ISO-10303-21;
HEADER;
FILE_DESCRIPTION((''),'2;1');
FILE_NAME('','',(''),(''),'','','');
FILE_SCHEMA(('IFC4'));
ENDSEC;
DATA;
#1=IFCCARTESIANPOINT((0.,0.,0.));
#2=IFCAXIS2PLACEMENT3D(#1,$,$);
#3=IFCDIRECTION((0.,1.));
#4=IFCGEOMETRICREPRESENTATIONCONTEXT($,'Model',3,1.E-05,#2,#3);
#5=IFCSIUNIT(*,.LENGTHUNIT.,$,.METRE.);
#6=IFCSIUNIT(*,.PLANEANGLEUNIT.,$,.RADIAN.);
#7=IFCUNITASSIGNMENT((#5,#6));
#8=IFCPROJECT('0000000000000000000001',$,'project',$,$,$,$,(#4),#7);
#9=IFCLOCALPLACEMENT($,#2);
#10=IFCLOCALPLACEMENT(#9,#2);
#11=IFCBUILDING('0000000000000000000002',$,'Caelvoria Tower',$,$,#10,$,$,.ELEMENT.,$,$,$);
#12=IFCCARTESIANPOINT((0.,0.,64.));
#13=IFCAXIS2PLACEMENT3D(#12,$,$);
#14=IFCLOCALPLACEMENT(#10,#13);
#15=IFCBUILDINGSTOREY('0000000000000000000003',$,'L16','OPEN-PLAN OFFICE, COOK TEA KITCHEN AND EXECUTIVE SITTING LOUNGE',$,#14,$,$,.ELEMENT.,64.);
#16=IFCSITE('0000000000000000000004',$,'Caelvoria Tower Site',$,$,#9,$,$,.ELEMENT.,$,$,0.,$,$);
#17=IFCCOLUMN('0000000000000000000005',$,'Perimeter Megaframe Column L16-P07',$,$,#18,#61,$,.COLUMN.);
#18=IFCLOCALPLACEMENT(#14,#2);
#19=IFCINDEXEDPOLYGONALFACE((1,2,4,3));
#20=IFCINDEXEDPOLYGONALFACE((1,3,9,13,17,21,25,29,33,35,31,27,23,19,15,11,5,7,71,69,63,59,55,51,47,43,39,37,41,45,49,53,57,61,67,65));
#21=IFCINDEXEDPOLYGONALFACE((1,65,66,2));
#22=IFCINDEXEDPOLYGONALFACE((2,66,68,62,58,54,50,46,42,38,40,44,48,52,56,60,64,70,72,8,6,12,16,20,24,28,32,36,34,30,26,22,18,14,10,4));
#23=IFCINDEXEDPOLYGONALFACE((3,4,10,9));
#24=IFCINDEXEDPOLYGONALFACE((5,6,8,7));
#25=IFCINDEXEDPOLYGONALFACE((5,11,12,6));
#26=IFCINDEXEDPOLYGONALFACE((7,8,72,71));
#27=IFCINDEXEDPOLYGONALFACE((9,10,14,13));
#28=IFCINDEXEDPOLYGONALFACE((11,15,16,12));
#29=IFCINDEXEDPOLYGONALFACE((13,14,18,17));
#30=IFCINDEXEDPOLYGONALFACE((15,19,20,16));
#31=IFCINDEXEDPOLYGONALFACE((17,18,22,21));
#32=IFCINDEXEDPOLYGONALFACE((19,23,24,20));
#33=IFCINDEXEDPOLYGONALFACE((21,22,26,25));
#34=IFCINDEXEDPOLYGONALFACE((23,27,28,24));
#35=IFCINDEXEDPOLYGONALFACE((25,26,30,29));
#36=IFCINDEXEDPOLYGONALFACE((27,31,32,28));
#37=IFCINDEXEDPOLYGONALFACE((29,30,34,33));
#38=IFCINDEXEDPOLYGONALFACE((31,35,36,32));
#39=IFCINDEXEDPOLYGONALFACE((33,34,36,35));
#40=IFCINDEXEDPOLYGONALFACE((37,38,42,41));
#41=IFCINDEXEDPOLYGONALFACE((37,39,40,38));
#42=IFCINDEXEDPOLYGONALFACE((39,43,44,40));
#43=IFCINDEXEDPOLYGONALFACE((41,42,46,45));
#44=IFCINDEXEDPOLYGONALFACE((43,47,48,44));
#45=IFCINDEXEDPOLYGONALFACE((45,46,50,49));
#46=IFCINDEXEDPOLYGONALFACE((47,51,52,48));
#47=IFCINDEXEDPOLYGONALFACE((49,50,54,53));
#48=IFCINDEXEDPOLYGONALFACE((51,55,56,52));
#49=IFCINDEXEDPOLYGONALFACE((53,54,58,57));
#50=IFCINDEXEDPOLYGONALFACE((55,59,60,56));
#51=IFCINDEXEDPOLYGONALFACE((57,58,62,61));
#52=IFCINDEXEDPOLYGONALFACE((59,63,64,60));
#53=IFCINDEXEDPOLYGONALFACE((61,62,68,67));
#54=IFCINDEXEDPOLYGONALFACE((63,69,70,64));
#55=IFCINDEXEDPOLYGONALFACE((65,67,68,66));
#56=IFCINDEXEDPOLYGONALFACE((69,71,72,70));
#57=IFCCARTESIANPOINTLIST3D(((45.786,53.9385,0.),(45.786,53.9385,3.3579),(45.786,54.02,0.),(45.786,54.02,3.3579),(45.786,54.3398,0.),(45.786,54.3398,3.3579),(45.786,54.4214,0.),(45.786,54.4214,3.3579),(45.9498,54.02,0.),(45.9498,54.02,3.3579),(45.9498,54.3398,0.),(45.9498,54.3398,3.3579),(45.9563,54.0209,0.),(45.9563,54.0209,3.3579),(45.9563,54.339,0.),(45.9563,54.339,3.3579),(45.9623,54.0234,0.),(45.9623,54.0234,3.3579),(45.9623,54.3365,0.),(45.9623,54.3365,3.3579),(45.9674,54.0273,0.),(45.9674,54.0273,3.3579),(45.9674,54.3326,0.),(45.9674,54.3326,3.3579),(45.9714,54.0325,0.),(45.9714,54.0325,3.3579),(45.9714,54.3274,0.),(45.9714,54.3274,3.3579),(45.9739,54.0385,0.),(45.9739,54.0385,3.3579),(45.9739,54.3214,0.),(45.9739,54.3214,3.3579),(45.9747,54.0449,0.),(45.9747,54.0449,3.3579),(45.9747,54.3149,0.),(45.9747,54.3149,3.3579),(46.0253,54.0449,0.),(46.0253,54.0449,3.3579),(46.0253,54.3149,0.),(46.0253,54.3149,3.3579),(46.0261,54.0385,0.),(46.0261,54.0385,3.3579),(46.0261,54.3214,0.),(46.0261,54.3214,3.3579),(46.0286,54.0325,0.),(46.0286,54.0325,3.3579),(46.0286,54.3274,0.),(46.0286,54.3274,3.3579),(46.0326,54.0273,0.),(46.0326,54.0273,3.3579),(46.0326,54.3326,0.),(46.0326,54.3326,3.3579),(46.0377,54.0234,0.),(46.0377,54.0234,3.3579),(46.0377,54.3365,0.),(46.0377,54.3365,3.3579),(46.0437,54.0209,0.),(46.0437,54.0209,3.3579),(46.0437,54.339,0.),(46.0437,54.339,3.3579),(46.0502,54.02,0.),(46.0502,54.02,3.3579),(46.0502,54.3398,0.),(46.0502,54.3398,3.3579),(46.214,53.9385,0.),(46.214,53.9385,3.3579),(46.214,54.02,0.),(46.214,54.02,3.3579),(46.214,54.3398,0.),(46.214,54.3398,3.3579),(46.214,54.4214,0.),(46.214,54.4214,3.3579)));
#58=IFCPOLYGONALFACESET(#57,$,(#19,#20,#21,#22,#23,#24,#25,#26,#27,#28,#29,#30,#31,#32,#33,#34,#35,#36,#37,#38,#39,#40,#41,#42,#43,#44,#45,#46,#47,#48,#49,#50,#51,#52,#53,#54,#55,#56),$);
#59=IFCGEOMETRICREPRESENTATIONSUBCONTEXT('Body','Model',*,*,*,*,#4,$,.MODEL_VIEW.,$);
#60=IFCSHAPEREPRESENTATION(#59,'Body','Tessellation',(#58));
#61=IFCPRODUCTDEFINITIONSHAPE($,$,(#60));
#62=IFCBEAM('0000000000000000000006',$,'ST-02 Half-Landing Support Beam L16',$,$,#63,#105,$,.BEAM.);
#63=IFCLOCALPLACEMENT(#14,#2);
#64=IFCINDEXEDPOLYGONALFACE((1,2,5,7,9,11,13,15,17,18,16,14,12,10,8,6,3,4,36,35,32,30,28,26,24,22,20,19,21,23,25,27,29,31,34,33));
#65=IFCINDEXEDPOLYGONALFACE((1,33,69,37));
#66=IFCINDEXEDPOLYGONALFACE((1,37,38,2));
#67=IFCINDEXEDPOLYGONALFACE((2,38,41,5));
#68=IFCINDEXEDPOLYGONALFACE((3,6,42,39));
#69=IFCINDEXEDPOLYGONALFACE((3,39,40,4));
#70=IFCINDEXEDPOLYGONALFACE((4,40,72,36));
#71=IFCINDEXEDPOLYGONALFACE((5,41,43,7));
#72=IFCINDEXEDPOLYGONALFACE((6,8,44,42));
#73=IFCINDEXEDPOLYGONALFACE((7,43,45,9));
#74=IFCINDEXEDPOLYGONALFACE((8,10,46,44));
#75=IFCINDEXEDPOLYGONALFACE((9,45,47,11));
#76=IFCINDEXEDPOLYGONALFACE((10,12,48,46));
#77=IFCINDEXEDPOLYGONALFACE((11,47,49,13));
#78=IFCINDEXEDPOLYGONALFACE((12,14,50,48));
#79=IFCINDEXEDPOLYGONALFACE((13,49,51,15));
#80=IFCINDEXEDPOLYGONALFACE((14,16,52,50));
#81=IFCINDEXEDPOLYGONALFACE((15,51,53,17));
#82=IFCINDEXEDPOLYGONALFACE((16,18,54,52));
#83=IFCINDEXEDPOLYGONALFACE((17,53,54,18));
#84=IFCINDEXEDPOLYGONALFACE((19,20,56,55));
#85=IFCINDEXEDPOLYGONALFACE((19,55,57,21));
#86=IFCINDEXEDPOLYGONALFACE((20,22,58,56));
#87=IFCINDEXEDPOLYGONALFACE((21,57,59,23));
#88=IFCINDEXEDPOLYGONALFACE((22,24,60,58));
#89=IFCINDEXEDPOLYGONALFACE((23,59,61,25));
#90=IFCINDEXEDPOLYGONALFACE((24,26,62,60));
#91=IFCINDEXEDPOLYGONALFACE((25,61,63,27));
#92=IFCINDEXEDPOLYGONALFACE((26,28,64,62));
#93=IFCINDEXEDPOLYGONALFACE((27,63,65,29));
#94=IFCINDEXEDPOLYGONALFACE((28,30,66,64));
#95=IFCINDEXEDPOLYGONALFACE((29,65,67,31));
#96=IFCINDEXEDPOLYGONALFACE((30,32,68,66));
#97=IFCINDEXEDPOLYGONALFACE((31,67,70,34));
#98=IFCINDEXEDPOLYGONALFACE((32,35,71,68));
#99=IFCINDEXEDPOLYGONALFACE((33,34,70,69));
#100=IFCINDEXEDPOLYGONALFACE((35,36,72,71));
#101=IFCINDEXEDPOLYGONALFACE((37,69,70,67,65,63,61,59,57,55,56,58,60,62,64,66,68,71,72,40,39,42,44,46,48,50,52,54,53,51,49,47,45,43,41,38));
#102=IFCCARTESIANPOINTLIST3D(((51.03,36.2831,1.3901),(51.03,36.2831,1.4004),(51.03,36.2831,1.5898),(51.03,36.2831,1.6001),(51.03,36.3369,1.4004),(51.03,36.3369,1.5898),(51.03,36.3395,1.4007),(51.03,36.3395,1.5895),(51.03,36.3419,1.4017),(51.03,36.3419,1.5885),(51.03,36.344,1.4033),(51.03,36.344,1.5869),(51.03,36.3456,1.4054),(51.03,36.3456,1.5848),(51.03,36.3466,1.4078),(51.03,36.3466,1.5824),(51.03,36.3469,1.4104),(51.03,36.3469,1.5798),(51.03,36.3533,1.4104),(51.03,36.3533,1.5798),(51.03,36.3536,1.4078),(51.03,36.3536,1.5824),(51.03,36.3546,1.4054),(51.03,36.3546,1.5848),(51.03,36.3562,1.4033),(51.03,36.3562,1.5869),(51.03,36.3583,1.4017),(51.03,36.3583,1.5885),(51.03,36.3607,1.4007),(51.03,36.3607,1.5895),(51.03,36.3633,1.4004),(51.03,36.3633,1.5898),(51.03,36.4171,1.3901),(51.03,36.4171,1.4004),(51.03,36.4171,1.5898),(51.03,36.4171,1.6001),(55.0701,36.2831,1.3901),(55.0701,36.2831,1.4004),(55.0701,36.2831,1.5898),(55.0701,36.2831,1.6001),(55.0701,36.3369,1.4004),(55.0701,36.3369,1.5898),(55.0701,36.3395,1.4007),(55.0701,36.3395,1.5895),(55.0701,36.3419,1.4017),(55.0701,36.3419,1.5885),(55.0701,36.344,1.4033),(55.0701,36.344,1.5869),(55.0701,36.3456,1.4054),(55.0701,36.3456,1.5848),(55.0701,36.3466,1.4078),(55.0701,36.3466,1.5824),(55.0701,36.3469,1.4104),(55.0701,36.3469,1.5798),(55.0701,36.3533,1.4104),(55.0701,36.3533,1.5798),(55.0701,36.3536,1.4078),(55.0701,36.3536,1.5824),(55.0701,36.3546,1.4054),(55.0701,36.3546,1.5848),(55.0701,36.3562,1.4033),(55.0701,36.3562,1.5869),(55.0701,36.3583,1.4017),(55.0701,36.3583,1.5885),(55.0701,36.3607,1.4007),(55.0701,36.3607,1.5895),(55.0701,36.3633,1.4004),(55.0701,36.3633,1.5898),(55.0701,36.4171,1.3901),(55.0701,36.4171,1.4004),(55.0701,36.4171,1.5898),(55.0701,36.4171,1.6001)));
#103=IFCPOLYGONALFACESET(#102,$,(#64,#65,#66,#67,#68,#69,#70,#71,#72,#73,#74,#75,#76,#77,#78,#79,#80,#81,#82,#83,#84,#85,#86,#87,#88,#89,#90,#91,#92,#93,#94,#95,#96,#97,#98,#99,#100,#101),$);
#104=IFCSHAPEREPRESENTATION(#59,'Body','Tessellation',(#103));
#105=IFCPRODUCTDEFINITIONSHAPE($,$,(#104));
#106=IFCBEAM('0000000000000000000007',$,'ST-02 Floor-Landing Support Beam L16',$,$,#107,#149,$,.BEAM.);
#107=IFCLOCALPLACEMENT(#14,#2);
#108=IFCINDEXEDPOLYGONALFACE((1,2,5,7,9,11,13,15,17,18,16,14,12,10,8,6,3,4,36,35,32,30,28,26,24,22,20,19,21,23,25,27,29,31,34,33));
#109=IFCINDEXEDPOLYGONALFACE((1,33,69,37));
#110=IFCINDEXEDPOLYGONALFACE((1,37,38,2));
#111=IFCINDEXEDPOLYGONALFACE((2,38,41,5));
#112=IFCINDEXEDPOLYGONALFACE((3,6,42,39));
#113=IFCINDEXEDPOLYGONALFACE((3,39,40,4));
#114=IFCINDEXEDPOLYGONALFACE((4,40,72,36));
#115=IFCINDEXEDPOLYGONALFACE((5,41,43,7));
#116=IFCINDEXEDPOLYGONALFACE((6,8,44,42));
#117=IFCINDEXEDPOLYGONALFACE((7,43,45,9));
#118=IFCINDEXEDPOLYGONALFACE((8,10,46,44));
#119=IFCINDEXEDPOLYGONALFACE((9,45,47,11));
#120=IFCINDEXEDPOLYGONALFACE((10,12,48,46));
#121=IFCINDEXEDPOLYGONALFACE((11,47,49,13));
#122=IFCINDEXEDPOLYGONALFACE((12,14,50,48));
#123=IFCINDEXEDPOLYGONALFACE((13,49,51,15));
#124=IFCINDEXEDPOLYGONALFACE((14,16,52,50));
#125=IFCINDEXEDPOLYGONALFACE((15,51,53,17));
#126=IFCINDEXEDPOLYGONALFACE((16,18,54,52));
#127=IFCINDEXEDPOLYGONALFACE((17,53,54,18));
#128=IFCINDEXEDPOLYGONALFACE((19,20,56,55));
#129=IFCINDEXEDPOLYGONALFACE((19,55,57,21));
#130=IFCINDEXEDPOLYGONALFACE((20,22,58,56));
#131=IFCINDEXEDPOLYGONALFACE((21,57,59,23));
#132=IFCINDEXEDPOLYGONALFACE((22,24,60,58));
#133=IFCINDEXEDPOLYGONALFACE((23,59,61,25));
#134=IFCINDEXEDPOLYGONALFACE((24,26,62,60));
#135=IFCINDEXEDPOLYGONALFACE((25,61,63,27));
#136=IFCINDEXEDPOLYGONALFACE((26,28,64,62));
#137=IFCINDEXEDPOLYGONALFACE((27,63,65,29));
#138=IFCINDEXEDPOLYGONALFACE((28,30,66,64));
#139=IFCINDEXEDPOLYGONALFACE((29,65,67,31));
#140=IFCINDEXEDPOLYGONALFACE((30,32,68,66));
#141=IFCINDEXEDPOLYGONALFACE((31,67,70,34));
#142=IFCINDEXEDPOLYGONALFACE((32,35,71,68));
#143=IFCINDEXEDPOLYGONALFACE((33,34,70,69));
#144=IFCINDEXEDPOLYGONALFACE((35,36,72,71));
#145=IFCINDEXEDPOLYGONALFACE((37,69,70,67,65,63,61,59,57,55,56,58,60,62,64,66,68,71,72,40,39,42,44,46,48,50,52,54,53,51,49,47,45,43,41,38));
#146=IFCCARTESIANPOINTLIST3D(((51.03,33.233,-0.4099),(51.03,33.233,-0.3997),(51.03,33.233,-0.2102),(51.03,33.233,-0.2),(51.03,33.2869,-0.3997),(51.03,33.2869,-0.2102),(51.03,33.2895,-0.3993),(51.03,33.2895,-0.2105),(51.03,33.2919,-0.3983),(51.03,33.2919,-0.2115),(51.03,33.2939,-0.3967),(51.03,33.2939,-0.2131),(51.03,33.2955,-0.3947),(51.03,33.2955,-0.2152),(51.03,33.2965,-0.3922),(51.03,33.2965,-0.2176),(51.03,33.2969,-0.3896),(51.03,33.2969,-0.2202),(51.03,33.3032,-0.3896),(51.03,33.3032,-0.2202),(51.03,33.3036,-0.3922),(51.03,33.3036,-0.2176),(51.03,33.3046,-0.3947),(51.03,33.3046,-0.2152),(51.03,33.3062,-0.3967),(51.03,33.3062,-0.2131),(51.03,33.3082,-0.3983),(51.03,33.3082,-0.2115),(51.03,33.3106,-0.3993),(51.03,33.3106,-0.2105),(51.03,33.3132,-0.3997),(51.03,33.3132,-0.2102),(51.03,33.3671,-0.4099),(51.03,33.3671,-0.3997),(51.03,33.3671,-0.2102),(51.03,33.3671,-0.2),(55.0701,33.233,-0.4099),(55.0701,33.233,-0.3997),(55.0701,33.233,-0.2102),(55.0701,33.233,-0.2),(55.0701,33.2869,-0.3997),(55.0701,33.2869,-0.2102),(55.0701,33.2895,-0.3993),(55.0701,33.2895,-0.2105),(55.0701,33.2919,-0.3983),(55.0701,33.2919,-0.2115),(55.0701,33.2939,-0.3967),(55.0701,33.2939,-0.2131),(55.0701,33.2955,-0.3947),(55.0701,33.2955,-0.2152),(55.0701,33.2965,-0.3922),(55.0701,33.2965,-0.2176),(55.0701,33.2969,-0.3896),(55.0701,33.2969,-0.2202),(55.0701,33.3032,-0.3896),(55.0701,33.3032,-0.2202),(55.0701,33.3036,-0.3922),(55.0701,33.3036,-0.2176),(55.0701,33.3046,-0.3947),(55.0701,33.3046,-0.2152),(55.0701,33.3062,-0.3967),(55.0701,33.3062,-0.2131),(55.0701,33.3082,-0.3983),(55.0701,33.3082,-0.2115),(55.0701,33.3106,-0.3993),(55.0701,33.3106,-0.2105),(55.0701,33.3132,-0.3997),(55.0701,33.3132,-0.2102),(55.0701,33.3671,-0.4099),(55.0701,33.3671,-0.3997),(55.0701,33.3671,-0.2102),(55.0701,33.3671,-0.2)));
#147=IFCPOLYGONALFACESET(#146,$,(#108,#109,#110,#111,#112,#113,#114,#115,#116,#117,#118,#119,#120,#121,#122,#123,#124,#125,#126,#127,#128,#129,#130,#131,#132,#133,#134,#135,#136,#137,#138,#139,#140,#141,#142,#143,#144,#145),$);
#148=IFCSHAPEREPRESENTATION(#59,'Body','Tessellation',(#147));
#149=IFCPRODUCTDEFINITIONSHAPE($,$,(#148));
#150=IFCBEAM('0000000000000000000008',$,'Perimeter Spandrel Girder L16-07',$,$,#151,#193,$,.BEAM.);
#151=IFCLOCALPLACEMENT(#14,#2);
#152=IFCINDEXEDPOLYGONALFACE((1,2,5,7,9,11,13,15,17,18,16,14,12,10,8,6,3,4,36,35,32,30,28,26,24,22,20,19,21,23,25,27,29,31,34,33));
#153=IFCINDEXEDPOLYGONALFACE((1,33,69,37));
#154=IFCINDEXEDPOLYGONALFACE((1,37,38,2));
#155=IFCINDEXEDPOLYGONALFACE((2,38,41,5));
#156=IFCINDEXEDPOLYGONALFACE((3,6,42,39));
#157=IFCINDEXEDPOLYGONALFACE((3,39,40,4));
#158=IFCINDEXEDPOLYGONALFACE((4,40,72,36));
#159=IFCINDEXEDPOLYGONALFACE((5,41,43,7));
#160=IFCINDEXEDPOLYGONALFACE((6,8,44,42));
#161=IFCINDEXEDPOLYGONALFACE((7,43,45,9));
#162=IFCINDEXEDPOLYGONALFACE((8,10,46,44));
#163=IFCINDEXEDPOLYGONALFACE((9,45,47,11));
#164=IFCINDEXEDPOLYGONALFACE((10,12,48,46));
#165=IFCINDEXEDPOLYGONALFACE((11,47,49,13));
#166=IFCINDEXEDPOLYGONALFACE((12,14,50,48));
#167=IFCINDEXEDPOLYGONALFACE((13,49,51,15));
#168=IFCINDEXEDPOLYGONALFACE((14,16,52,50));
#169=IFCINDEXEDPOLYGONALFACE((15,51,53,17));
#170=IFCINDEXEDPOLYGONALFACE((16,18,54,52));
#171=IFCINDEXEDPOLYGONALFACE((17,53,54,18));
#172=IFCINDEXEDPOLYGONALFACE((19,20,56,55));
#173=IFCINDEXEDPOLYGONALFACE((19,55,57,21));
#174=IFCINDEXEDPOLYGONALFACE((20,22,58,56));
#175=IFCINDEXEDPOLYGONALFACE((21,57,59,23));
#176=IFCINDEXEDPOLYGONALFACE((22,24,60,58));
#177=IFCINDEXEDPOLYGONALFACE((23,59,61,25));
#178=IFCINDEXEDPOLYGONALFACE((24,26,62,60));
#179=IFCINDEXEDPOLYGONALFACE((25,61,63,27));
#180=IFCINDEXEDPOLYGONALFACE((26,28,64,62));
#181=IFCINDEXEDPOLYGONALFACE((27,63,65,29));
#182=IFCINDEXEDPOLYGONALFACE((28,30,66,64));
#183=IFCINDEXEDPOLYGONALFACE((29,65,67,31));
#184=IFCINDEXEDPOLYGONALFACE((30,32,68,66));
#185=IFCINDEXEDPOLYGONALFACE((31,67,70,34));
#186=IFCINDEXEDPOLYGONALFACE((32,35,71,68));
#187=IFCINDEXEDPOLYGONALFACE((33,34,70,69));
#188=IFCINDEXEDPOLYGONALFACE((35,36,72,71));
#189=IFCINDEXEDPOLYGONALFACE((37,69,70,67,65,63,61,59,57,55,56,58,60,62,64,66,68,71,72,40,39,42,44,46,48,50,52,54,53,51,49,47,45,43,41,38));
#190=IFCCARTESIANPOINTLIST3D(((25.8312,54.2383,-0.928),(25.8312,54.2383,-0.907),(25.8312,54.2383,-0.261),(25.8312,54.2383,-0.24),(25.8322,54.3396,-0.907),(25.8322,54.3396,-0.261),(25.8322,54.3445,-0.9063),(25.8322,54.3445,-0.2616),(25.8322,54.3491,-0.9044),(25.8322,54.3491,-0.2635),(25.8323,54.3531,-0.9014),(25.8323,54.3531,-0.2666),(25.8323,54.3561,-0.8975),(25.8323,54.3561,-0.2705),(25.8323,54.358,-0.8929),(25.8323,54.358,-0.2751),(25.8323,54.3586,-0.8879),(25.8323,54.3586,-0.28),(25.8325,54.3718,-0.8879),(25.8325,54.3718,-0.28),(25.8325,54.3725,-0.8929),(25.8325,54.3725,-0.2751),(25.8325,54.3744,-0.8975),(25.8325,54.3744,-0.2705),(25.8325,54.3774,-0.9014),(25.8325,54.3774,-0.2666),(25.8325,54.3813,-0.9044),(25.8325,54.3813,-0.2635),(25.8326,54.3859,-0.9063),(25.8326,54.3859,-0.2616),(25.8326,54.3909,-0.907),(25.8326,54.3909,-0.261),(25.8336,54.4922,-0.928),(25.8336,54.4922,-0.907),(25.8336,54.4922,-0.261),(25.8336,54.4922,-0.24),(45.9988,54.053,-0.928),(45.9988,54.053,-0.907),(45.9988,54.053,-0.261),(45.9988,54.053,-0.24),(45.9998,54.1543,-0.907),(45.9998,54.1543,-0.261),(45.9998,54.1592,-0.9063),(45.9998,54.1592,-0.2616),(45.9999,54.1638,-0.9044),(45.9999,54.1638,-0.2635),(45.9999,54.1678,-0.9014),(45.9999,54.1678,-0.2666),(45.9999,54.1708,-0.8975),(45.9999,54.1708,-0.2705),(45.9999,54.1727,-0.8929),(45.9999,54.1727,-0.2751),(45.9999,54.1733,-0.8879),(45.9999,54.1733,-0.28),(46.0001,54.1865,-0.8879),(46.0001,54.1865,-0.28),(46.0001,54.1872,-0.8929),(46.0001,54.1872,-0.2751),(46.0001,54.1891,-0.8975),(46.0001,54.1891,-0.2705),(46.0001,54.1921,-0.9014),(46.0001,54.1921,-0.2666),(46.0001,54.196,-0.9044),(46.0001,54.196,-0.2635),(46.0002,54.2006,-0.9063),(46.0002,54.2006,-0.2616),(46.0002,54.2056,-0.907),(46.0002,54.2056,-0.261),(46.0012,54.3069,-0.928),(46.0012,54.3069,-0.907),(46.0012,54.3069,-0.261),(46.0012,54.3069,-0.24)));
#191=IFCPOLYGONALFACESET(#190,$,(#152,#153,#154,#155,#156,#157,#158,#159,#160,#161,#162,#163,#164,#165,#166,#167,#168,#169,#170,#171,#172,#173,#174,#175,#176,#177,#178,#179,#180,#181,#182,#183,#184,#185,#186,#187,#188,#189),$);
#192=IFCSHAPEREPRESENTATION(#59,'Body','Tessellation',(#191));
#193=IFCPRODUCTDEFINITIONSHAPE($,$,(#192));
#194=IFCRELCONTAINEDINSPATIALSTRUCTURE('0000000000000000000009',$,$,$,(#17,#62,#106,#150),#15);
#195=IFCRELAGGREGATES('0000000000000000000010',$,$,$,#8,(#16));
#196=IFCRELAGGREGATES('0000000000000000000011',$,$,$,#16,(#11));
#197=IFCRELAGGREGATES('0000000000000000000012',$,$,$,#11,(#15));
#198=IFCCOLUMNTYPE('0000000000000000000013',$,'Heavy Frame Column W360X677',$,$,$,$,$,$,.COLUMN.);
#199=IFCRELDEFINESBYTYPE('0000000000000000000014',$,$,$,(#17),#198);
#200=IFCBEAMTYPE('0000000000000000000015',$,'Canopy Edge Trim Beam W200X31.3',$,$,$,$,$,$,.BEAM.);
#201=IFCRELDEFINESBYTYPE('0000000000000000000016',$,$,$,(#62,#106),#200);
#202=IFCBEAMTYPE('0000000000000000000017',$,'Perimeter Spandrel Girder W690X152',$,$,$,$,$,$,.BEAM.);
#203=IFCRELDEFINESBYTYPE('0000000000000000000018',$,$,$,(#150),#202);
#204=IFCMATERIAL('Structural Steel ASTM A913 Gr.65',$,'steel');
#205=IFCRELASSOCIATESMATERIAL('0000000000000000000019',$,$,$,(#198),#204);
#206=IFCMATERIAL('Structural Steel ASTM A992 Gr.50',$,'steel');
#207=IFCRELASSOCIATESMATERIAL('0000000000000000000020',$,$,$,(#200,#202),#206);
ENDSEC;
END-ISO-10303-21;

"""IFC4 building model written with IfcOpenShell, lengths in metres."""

from ifc_helpers import new_model, si_unit, direction, frame, origin, origin_2d, place, context, subcontext, project, spatial, i_section, extrude, material, material_profile, profile_set, type_object, element, save


model = new_model("IFC4")

# Units and contexts
model_context = context("Model", 3, precision=1e-05, world=origin(), true_north=direction((0.0, 1.0)))
body_context = subcontext(model_context, "Body", "Model", "MODEL_VIEW")
ifc_project = project(units=[si_unit("LENGTHUNIT", "METRE"), si_unit("PLANEANGLEUNIT", "RADIAN")], contexts=[model_context])

# Site, building, storey
site_placement = place(None, origin())
site = spatial("IfcSite", under=ifc_project, at=site_placement, Name="Caelvoria Tower Site", CompositionType="ELEMENT", RefElevation=0.0)
building_placement = place(site_placement, origin())
building = spatial("IfcBuilding", under=site, at=building_placement, Name="Caelvoria Tower", CompositionType="ELEMENT")
storey_placement = place(building_placement, frame((0.0, 0.0, 64.0)))
storey = spatial("IfcBuildingStorey", under=building, at=storey_placement, Name="L16", Description="OPEN-PLAN OFFICE, COOK TEA KITCHEN AND EXECUTIVE SITTING LOUNGE", CompositionType="ELEMENT", Elevation=64.0)

# Column
ifc_material_1 = material(Name="Structural Steel ASTM A913 Gr.65", Category="steel")
ifc_material_profile_1 = material_profile(ifc_material_1, i_section(OverallWidth=0.428, OverallDepth=0.4829, WebThickness=0.0505, FlangeThickness=0.0815, FilletRadius=0.0249, at=origin_2d()), Name="Structural Steel ASTM A913 Gr.65")
ifc_profile_set_1 = profile_set([ifc_material_profile_1], Name="W360X677 - Structural Steel ASTM A913 Gr.65")
column_type = type_object("IfcColumnType", Name="Heavy Frame Column W360X677", PredefinedType="COLUMN", material=ifc_profile_set_1)
column_placement = place(storey_placement, frame((46.0, 54.1799, 0.0), z_axis=(0.0, 0.0, 1.0), x_axis=(1.0, 0.0, 0.0)))
element("IfcColumn", 1, at=column_placement, inside=storey, type_object=column_type, Name="Perimeter Megaframe Column L16-P07", PredefinedType="COLUMN", context=body_context, shape_type="SweptSolid", body=[
    extrude(i_section(OverallWidth=0.428, OverallDepth=0.4829, WebThickness=0.0505, FlangeThickness=0.0815, FilletRadius=0.0249, at=origin_2d()), origin(), (0.0, 0.0, 1.0), 3.3579),
])

# Beams
ifc_material_2 = material(Name="Structural Steel ASTM A992 Gr.50", Category="steel")
ifc_material_profile_2 = material_profile(ifc_material_2, i_section(OverallWidth=0.134, OverallDepth=0.21, WebThickness=0.0063, FlangeThickness=0.0103, FilletRadius=0.01, at=origin_2d()), Name="Structural Steel ASTM A992 Gr.50")
ifc_profile_set_2 = profile_set([ifc_material_profile_2], Name="W200X31.3 - Structural Steel ASTM A992 Gr.50")
beam_type_1 = type_object("IfcBeamType", Name="Canopy Edge Trim Beam W200X31.3", PredefinedType="BEAM", material=ifc_profile_set_2)
for number, where, z_axis, x_axis, name in (
    (2, (51.03, 36.3501, 1.4951), (1.0, 0.0, 0.0), (0.0, 1.0, 0.0), "ST-02 Half-Landing Support Beam L16"),
    (3, (51.03, 33.3, -0.3049), (1.0, 0.0, 0.0), (0.0, 1.0, 0.0), "ST-02 Floor-Landing Support Beam L16"),
):
    element("IfcBeam", number, at=place(storey_placement, frame(where, z_axis=z_axis, x_axis=x_axis)), inside=storey, type_object=beam_type_1, Name=name, PredefinedType="BEAM", context=body_context, shape_type="SweptSolid", body=[
        extrude(i_section(OverallWidth=0.134, OverallDepth=0.21, WebThickness=0.0063, FlangeThickness=0.0103, FilletRadius=0.01, at=origin_2d()), origin(), (0.0, 0.0, 1.0), 4.04),
    ])
ifc_material_profile_3 = material_profile(ifc_material_2, i_section(OverallWidth=0.2539, OverallDepth=0.688, WebThickness=0.0132, FlangeThickness=0.021, FilletRadius=0.019, at=origin_2d()), Name="Structural Steel ASTM A992 Gr.50")
ifc_profile_set_3 = profile_set([ifc_material_profile_3], Name="W690X152 - Structural Steel ASTM A992 Gr.50")
beam_type_2 = type_object("IfcBeamType", Name="Perimeter Spandrel Girder W690X152", PredefinedType="BEAM", material=ifc_profile_set_3)
beam_1_placement = place(storey_placement, frame((46.0, 54.1799, -0.584), z_axis=(-0.999958, 0.009188, 0.0), x_axis=(-0.009188, -0.999958, 0.0)))
element("IfcBeam", 4, at=beam_1_placement, inside=storey, type_object=beam_type_2, Name="Perimeter Spandrel Girder L16-07", PredefinedType="BEAM", context=body_context, shape_type="SweptSolid", body=[
    extrude(i_section(OverallWidth=0.2539, OverallDepth=0.688, WebThickness=0.0132, FlangeThickness=0.021, FilletRadius=0.019, at=origin_2d()), origin(), (0.0, 0.0, 1.0), 20.1685),
])

save(model, "model.ifc")
